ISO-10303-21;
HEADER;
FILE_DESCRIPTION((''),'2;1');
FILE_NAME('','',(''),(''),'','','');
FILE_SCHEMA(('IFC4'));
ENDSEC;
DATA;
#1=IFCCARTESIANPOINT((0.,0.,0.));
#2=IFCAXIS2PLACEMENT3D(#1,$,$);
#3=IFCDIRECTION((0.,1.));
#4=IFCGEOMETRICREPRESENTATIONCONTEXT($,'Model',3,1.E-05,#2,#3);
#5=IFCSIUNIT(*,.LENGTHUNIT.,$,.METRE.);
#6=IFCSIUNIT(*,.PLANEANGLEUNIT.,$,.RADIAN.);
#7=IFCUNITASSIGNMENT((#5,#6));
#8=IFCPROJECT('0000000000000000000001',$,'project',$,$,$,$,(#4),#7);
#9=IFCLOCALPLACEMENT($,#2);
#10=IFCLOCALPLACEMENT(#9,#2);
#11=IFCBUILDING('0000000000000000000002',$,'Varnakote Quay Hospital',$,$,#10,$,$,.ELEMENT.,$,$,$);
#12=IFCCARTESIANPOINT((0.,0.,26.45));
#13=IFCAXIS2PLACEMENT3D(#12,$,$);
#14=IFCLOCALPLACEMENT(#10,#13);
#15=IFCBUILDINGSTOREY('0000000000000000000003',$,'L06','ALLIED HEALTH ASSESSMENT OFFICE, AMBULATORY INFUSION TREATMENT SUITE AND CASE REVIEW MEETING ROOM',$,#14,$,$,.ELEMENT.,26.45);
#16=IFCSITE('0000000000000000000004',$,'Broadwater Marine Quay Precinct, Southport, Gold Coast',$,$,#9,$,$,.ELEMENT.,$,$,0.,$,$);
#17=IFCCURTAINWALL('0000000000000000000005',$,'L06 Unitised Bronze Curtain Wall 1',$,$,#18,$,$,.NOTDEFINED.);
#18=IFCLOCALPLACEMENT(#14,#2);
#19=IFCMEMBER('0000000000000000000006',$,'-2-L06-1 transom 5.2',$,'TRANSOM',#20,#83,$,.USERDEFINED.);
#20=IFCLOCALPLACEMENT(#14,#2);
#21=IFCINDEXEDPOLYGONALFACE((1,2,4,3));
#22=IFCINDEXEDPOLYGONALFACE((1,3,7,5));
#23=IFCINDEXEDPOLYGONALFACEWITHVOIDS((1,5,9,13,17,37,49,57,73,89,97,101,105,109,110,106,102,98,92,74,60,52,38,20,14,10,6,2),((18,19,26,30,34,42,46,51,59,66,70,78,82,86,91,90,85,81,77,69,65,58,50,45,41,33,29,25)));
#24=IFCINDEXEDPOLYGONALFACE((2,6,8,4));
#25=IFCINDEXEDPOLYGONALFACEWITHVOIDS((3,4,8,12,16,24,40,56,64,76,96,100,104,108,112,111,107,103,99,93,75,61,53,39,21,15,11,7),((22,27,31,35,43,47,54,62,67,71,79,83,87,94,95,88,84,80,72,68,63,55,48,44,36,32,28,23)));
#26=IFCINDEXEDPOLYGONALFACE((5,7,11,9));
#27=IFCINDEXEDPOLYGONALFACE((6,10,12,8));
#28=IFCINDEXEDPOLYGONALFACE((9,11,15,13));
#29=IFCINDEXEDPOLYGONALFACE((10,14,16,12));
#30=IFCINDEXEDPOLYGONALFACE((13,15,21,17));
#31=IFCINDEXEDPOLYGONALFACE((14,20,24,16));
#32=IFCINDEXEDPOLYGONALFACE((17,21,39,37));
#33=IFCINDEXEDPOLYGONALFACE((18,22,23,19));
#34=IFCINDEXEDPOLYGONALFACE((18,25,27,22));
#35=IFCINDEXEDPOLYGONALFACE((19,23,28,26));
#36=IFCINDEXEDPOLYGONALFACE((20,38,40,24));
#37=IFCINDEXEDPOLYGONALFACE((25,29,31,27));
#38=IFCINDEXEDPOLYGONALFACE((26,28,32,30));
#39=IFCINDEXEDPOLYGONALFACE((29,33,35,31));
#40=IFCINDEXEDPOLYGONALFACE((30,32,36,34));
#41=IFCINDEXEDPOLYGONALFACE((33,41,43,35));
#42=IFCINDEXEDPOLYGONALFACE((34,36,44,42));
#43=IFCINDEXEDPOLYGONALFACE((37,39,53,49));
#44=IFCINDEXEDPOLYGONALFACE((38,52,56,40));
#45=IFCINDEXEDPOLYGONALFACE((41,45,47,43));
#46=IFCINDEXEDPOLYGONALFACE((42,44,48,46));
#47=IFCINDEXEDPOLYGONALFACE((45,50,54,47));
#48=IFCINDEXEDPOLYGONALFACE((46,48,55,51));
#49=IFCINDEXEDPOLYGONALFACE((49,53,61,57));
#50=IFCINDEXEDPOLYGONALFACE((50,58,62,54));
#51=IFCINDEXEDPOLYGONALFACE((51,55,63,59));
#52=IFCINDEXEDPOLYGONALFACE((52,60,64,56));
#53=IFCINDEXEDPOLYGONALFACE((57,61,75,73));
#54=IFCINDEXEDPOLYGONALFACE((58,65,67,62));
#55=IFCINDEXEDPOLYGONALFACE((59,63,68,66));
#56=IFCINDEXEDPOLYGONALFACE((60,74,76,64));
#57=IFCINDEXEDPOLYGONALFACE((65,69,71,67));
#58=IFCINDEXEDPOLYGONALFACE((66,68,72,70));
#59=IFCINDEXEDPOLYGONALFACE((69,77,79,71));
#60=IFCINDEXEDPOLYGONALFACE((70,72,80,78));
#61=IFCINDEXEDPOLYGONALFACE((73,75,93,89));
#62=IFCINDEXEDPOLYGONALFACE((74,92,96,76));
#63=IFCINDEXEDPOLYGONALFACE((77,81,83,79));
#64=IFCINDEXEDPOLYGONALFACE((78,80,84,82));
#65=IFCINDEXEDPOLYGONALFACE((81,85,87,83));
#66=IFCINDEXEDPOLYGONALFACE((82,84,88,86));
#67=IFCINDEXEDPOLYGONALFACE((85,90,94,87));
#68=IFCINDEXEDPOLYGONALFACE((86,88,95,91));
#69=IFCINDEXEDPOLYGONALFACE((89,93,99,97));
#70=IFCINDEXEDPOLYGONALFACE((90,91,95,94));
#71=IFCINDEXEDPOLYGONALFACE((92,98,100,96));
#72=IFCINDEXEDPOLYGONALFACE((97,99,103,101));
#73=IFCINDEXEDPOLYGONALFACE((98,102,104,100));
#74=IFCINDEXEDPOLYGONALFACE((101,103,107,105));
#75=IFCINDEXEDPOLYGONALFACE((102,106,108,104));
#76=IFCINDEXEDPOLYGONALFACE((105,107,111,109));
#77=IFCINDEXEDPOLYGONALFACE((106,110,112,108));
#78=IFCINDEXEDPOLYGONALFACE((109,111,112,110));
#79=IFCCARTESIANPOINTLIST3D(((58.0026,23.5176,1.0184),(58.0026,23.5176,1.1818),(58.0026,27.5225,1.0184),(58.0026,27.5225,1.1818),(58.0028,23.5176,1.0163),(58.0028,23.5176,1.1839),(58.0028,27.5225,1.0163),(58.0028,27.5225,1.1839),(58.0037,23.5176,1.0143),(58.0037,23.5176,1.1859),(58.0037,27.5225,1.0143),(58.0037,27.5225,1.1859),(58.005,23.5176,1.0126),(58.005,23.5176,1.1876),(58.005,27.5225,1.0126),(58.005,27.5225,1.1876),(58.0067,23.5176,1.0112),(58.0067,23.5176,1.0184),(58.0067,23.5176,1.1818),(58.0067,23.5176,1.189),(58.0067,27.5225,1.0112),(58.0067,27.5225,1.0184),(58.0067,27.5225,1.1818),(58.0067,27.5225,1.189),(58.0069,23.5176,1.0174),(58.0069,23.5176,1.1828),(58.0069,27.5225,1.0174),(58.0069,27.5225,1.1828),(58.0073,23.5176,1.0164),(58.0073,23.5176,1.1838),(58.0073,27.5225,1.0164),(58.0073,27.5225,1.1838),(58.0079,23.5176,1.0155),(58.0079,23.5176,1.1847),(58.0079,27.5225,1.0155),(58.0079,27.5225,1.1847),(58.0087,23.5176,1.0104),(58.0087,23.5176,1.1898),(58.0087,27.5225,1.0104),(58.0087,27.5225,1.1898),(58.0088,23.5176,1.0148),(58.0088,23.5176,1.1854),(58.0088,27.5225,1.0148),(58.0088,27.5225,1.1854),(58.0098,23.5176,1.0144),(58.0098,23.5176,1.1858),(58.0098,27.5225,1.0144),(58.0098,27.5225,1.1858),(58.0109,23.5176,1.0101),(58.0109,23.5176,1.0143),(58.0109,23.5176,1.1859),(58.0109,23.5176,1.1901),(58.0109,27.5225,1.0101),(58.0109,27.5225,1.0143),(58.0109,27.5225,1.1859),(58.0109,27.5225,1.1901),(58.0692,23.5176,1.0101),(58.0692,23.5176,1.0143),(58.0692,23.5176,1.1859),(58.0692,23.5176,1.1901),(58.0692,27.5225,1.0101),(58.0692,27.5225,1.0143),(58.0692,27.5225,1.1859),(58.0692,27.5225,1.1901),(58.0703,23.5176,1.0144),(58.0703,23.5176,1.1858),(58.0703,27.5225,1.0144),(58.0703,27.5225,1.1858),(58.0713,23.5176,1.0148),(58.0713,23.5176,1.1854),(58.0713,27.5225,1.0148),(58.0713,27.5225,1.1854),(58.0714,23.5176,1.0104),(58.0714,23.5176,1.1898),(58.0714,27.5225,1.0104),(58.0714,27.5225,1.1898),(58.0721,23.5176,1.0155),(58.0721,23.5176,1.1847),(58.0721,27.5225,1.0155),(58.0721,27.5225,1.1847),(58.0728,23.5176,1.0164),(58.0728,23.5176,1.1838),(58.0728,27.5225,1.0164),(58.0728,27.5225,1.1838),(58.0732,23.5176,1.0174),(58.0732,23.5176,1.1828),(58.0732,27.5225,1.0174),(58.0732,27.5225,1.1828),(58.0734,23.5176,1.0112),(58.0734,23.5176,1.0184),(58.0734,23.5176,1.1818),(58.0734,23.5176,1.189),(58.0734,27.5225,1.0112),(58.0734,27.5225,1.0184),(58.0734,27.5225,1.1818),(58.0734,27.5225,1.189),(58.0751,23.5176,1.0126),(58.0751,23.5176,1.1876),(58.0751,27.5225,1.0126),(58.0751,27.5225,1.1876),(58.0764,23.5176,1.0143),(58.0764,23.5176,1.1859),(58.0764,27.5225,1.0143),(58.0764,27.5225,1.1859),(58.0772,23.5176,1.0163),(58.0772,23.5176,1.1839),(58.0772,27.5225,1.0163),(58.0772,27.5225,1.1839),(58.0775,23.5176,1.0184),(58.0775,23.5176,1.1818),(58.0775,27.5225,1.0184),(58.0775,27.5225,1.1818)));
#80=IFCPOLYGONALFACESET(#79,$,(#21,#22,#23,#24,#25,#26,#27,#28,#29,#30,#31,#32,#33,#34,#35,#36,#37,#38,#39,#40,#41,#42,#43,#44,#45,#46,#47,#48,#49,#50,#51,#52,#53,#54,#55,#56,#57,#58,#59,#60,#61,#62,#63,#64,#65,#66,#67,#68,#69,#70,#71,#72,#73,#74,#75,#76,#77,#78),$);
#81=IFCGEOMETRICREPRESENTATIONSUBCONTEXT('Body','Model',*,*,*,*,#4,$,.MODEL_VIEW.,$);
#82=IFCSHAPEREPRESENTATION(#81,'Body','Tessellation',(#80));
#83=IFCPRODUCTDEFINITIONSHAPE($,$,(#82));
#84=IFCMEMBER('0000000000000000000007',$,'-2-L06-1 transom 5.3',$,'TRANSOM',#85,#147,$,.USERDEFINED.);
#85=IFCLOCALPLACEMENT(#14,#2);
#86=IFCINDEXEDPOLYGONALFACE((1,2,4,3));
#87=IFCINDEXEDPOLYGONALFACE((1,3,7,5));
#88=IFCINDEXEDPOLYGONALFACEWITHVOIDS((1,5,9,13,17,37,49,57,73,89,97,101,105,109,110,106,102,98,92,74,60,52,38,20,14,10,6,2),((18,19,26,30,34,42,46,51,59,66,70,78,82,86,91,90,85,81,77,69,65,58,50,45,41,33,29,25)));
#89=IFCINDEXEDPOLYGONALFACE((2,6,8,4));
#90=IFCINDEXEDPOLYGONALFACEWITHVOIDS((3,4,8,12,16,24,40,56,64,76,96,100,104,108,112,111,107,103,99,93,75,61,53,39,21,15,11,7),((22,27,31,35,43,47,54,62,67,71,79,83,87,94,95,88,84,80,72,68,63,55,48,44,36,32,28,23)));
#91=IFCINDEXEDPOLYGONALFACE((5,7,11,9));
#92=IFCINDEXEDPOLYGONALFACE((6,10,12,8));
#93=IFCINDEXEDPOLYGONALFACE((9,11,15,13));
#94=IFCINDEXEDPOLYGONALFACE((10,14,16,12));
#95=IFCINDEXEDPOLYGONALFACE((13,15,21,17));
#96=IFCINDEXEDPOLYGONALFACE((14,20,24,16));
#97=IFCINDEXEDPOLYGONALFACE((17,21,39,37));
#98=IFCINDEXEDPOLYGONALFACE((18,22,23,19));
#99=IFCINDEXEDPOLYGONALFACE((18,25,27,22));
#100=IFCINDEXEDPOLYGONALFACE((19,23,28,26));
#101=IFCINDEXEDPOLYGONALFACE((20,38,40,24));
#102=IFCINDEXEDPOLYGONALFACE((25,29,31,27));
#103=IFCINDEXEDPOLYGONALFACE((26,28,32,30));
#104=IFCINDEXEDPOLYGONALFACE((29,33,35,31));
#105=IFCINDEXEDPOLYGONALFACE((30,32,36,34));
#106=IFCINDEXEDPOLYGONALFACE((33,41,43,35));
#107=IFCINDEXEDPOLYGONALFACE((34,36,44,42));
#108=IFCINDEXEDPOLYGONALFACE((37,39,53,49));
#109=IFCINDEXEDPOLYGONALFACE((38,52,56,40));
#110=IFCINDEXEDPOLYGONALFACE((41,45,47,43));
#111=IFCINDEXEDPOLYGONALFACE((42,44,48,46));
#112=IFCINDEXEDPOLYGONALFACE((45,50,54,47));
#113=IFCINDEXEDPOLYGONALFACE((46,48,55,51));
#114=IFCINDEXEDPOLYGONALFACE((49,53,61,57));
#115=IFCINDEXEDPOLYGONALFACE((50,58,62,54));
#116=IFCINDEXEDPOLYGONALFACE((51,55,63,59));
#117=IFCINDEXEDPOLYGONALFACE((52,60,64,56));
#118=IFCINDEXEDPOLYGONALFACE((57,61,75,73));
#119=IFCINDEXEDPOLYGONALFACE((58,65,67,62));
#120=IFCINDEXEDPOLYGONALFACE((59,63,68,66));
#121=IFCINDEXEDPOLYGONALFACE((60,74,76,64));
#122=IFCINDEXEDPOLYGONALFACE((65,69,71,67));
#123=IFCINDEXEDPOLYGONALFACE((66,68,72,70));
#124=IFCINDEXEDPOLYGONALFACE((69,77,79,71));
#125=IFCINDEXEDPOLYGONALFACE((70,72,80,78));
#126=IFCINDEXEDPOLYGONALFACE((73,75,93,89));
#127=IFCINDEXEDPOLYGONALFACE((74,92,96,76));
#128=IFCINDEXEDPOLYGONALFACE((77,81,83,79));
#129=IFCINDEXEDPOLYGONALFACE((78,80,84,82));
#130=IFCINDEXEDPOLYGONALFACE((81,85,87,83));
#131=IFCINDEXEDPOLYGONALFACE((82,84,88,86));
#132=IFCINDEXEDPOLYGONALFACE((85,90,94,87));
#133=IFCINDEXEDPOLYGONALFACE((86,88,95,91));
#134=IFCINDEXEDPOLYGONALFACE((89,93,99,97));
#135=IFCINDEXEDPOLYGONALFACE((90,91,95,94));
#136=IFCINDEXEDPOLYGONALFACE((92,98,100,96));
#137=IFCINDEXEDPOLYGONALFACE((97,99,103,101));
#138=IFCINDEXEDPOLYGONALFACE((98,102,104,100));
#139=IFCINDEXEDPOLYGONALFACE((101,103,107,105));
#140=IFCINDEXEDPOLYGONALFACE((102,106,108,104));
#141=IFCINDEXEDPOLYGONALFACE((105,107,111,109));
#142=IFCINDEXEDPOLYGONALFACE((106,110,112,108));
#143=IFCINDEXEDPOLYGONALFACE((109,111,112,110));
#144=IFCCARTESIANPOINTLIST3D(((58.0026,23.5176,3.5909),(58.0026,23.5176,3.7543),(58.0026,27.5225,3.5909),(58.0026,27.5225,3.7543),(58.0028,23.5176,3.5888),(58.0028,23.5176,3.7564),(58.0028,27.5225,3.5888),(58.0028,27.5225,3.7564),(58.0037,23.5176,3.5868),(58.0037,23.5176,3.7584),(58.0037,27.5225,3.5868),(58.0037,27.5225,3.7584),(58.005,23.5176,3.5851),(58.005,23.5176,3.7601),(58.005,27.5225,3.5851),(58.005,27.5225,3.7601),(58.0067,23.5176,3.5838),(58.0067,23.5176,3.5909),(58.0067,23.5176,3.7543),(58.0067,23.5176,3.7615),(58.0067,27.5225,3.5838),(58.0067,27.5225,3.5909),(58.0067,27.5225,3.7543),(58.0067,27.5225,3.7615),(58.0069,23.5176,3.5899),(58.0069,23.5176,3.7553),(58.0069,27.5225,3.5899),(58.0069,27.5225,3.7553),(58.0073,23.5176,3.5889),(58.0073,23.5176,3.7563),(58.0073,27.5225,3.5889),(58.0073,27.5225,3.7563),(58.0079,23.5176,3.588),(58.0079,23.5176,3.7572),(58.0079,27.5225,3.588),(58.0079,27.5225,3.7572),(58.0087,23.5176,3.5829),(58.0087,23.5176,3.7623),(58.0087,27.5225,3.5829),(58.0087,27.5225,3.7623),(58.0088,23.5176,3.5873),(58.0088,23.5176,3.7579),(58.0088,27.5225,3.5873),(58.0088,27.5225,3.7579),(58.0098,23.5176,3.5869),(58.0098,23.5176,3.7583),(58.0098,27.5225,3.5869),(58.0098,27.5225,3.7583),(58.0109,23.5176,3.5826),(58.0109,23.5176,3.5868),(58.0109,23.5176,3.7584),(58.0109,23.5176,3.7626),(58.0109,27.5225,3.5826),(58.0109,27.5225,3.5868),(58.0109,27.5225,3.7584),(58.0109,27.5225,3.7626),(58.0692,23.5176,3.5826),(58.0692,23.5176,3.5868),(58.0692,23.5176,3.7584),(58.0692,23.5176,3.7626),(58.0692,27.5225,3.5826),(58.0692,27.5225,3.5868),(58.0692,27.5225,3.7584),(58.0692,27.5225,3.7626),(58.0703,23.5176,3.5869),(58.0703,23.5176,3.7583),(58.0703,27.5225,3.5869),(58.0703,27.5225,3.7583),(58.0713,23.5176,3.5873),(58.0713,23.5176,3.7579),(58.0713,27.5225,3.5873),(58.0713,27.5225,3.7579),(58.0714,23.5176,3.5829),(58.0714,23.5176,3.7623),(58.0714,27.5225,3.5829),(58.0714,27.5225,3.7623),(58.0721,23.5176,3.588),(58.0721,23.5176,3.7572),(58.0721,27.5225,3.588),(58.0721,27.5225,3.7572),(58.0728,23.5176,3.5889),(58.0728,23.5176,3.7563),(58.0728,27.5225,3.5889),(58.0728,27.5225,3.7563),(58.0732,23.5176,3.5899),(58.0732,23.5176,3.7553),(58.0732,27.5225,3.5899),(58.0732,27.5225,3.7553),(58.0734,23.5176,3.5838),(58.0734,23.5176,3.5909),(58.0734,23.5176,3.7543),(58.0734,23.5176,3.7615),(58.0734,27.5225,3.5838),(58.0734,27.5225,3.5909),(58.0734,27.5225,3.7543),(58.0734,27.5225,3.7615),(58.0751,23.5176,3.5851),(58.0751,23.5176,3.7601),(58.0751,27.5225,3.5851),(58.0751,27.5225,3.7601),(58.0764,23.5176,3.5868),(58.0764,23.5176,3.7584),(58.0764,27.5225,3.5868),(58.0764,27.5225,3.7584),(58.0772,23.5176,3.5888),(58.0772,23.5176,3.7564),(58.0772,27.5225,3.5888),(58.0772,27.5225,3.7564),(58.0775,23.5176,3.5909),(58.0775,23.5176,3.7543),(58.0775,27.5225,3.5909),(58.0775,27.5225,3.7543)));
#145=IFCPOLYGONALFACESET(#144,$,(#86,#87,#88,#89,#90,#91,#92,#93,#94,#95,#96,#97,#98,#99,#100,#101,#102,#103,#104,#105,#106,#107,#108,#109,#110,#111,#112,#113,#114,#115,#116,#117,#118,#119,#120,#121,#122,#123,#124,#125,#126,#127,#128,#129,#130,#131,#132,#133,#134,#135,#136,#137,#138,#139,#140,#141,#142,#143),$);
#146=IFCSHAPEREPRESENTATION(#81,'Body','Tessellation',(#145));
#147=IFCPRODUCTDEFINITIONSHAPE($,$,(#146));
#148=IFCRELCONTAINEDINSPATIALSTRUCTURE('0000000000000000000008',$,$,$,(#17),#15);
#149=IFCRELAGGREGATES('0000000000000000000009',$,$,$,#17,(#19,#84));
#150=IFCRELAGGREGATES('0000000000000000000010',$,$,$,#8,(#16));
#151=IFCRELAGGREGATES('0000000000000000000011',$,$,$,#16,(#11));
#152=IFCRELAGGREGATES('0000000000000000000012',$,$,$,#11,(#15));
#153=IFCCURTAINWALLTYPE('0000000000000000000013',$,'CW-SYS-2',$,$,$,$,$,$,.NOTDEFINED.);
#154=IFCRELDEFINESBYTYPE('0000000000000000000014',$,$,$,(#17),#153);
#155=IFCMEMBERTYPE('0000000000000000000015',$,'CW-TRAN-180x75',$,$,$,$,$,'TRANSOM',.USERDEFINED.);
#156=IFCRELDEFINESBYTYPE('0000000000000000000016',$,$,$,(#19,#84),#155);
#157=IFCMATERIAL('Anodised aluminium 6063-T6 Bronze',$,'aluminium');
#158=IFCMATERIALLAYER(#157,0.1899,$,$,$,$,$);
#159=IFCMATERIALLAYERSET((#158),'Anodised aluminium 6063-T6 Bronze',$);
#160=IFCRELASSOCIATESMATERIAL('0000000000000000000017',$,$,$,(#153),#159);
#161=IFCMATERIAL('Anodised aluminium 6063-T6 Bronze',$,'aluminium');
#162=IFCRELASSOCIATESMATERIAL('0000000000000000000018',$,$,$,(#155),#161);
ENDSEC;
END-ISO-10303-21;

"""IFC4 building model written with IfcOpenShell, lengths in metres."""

from ifc_helpers import new_model, si_unit, direction, frame, origin, origin_2d, place, context, subcontext, project, spatial, hollow_rectangle, extrude, material, layer, layer_set, material_profile, profile_set, type_object, element, aggregate, save


model = new_model("IFC4")

# Units and contexts
model_context = context("Model", 3, precision=1e-05, world=origin(), true_north=direction((0.0, 1.0)))
body_context = subcontext(model_context, "Body", "Model", "MODEL_VIEW")
ifc_project = project(units=[si_unit("LENGTHUNIT", "METRE"), si_unit("PLANEANGLEUNIT", "RADIAN")], contexts=[model_context])

# Site, building, storey
site_placement = place(None, origin())
site = spatial("IfcSite", under=ifc_project, at=site_placement, Name="Broadwater Marine Quay Precinct, Southport, Gold Coast", CompositionType="ELEMENT", RefElevation=0.0)
building_placement = place(site_placement, origin())
building = spatial("IfcBuilding", under=site, at=building_placement, Name="Varnakote Quay Hospital", CompositionType="ELEMENT")
storey_placement = place(building_placement, frame((0.0, 0.0, 26.45)))
storey = spatial("IfcBuildingStorey", under=building, at=storey_placement, Name="L06", Description="ALLIED HEALTH ASSESSMENT OFFICE, AMBULATORY INFUSION TREATMENT SUITE AND CASE REVIEW MEETING ROOM", CompositionType="ELEMENT", Elevation=26.45)

# Curtain wall, members
ifc_material_1 = material(Name="Anodised aluminium 6063-T6 Bronze", Category="aluminium")
ifc_layer_1 = layer(ifc_material_1, 0.1899)
ifc_layer_set_1 = layer_set([ifc_layer_1], Name="Anodised aluminium 6063-T6 Bronze")
curtain_wall_type = type_object("IfcCurtainWallType", Name="CW-SYS-2", PredefinedType="NOTDEFINED", material=ifc_layer_set_1)
curtain_wall_placement = place(storey_placement, origin())
curtain_wall = element("IfcCurtainWall", 1, at=curtain_wall_placement, inside=storey, type_object=curtain_wall_type, Name="L06 Unitised Bronze Curtain Wall 1", PredefinedType="NOTDEFINED")
ifc_material_2 = material(Name="Anodised aluminium 6063-T6 Bronze", Category="aluminium")
ifc_material_profile_1 = material_profile(ifc_material_2, hollow_rectangle(XDim=0.075, YDim=0.1799, WallThickness=0.0042, InnerFilletRadius=0.0042, OuterFilletRadius=0.0083, at=origin_2d()), Name="CW-TRAN-180x75")
ifc_profile_set_1 = profile_set([ifc_material_profile_1], Name="Anodised aluminium 6063-T6 Bronze")
member_type_1 = type_object("IfcMemberType", Name="CW-TRAN-180x75", ElementType="TRANSOM", PredefinedType="USERDEFINED", material=ifc_profile_set_1)
member_1_placement = place(storey_placement, frame((58.04, 23.5176, 1.1001), z_axis=(0.0, 1.0, 0.0), x_axis=(-1.0, 0.0, 0.0)))
member_1 = element("IfcMember", 2, at=member_1_placement, type_object=member_type_1, Name="-2-L06-1 transom 5.2", ObjectType="TRANSOM", PredefinedType="USERDEFINED", context=body_context, shape_type="SweptSolid", body=[
    extrude(hollow_rectangle(XDim=0.075, YDim=0.1799, WallThickness=0.0042, InnerFilletRadius=0.0042, OuterFilletRadius=0.0083, at=origin_2d()), origin(), (0.0, 0.0, 1.0), 4.0049),
])
member_2_placement = place(storey_placement, frame((58.04, 23.5176, 3.6726), z_axis=(0.0, 1.0, 0.0), x_axis=(-1.0, 0.0, 0.0)))
member_2 = element("IfcMember", 3, at=member_2_placement, type_object=member_type_1, Name="-2-L06-1 transom 5.3", ObjectType="TRANSOM", PredefinedType="USERDEFINED", context=body_context, shape_type="SweptSolid", body=[
    extrude(hollow_rectangle(XDim=0.075, YDim=0.1799, WallThickness=0.0042, InnerFilletRadius=0.0042, OuterFilletRadius=0.0083, at=origin_2d()), origin(), (0.0, 0.0, 1.0), 4.0049),
])
aggregate(curtain_wall, [member_1, member_2])

save(model, "model.ifc")
